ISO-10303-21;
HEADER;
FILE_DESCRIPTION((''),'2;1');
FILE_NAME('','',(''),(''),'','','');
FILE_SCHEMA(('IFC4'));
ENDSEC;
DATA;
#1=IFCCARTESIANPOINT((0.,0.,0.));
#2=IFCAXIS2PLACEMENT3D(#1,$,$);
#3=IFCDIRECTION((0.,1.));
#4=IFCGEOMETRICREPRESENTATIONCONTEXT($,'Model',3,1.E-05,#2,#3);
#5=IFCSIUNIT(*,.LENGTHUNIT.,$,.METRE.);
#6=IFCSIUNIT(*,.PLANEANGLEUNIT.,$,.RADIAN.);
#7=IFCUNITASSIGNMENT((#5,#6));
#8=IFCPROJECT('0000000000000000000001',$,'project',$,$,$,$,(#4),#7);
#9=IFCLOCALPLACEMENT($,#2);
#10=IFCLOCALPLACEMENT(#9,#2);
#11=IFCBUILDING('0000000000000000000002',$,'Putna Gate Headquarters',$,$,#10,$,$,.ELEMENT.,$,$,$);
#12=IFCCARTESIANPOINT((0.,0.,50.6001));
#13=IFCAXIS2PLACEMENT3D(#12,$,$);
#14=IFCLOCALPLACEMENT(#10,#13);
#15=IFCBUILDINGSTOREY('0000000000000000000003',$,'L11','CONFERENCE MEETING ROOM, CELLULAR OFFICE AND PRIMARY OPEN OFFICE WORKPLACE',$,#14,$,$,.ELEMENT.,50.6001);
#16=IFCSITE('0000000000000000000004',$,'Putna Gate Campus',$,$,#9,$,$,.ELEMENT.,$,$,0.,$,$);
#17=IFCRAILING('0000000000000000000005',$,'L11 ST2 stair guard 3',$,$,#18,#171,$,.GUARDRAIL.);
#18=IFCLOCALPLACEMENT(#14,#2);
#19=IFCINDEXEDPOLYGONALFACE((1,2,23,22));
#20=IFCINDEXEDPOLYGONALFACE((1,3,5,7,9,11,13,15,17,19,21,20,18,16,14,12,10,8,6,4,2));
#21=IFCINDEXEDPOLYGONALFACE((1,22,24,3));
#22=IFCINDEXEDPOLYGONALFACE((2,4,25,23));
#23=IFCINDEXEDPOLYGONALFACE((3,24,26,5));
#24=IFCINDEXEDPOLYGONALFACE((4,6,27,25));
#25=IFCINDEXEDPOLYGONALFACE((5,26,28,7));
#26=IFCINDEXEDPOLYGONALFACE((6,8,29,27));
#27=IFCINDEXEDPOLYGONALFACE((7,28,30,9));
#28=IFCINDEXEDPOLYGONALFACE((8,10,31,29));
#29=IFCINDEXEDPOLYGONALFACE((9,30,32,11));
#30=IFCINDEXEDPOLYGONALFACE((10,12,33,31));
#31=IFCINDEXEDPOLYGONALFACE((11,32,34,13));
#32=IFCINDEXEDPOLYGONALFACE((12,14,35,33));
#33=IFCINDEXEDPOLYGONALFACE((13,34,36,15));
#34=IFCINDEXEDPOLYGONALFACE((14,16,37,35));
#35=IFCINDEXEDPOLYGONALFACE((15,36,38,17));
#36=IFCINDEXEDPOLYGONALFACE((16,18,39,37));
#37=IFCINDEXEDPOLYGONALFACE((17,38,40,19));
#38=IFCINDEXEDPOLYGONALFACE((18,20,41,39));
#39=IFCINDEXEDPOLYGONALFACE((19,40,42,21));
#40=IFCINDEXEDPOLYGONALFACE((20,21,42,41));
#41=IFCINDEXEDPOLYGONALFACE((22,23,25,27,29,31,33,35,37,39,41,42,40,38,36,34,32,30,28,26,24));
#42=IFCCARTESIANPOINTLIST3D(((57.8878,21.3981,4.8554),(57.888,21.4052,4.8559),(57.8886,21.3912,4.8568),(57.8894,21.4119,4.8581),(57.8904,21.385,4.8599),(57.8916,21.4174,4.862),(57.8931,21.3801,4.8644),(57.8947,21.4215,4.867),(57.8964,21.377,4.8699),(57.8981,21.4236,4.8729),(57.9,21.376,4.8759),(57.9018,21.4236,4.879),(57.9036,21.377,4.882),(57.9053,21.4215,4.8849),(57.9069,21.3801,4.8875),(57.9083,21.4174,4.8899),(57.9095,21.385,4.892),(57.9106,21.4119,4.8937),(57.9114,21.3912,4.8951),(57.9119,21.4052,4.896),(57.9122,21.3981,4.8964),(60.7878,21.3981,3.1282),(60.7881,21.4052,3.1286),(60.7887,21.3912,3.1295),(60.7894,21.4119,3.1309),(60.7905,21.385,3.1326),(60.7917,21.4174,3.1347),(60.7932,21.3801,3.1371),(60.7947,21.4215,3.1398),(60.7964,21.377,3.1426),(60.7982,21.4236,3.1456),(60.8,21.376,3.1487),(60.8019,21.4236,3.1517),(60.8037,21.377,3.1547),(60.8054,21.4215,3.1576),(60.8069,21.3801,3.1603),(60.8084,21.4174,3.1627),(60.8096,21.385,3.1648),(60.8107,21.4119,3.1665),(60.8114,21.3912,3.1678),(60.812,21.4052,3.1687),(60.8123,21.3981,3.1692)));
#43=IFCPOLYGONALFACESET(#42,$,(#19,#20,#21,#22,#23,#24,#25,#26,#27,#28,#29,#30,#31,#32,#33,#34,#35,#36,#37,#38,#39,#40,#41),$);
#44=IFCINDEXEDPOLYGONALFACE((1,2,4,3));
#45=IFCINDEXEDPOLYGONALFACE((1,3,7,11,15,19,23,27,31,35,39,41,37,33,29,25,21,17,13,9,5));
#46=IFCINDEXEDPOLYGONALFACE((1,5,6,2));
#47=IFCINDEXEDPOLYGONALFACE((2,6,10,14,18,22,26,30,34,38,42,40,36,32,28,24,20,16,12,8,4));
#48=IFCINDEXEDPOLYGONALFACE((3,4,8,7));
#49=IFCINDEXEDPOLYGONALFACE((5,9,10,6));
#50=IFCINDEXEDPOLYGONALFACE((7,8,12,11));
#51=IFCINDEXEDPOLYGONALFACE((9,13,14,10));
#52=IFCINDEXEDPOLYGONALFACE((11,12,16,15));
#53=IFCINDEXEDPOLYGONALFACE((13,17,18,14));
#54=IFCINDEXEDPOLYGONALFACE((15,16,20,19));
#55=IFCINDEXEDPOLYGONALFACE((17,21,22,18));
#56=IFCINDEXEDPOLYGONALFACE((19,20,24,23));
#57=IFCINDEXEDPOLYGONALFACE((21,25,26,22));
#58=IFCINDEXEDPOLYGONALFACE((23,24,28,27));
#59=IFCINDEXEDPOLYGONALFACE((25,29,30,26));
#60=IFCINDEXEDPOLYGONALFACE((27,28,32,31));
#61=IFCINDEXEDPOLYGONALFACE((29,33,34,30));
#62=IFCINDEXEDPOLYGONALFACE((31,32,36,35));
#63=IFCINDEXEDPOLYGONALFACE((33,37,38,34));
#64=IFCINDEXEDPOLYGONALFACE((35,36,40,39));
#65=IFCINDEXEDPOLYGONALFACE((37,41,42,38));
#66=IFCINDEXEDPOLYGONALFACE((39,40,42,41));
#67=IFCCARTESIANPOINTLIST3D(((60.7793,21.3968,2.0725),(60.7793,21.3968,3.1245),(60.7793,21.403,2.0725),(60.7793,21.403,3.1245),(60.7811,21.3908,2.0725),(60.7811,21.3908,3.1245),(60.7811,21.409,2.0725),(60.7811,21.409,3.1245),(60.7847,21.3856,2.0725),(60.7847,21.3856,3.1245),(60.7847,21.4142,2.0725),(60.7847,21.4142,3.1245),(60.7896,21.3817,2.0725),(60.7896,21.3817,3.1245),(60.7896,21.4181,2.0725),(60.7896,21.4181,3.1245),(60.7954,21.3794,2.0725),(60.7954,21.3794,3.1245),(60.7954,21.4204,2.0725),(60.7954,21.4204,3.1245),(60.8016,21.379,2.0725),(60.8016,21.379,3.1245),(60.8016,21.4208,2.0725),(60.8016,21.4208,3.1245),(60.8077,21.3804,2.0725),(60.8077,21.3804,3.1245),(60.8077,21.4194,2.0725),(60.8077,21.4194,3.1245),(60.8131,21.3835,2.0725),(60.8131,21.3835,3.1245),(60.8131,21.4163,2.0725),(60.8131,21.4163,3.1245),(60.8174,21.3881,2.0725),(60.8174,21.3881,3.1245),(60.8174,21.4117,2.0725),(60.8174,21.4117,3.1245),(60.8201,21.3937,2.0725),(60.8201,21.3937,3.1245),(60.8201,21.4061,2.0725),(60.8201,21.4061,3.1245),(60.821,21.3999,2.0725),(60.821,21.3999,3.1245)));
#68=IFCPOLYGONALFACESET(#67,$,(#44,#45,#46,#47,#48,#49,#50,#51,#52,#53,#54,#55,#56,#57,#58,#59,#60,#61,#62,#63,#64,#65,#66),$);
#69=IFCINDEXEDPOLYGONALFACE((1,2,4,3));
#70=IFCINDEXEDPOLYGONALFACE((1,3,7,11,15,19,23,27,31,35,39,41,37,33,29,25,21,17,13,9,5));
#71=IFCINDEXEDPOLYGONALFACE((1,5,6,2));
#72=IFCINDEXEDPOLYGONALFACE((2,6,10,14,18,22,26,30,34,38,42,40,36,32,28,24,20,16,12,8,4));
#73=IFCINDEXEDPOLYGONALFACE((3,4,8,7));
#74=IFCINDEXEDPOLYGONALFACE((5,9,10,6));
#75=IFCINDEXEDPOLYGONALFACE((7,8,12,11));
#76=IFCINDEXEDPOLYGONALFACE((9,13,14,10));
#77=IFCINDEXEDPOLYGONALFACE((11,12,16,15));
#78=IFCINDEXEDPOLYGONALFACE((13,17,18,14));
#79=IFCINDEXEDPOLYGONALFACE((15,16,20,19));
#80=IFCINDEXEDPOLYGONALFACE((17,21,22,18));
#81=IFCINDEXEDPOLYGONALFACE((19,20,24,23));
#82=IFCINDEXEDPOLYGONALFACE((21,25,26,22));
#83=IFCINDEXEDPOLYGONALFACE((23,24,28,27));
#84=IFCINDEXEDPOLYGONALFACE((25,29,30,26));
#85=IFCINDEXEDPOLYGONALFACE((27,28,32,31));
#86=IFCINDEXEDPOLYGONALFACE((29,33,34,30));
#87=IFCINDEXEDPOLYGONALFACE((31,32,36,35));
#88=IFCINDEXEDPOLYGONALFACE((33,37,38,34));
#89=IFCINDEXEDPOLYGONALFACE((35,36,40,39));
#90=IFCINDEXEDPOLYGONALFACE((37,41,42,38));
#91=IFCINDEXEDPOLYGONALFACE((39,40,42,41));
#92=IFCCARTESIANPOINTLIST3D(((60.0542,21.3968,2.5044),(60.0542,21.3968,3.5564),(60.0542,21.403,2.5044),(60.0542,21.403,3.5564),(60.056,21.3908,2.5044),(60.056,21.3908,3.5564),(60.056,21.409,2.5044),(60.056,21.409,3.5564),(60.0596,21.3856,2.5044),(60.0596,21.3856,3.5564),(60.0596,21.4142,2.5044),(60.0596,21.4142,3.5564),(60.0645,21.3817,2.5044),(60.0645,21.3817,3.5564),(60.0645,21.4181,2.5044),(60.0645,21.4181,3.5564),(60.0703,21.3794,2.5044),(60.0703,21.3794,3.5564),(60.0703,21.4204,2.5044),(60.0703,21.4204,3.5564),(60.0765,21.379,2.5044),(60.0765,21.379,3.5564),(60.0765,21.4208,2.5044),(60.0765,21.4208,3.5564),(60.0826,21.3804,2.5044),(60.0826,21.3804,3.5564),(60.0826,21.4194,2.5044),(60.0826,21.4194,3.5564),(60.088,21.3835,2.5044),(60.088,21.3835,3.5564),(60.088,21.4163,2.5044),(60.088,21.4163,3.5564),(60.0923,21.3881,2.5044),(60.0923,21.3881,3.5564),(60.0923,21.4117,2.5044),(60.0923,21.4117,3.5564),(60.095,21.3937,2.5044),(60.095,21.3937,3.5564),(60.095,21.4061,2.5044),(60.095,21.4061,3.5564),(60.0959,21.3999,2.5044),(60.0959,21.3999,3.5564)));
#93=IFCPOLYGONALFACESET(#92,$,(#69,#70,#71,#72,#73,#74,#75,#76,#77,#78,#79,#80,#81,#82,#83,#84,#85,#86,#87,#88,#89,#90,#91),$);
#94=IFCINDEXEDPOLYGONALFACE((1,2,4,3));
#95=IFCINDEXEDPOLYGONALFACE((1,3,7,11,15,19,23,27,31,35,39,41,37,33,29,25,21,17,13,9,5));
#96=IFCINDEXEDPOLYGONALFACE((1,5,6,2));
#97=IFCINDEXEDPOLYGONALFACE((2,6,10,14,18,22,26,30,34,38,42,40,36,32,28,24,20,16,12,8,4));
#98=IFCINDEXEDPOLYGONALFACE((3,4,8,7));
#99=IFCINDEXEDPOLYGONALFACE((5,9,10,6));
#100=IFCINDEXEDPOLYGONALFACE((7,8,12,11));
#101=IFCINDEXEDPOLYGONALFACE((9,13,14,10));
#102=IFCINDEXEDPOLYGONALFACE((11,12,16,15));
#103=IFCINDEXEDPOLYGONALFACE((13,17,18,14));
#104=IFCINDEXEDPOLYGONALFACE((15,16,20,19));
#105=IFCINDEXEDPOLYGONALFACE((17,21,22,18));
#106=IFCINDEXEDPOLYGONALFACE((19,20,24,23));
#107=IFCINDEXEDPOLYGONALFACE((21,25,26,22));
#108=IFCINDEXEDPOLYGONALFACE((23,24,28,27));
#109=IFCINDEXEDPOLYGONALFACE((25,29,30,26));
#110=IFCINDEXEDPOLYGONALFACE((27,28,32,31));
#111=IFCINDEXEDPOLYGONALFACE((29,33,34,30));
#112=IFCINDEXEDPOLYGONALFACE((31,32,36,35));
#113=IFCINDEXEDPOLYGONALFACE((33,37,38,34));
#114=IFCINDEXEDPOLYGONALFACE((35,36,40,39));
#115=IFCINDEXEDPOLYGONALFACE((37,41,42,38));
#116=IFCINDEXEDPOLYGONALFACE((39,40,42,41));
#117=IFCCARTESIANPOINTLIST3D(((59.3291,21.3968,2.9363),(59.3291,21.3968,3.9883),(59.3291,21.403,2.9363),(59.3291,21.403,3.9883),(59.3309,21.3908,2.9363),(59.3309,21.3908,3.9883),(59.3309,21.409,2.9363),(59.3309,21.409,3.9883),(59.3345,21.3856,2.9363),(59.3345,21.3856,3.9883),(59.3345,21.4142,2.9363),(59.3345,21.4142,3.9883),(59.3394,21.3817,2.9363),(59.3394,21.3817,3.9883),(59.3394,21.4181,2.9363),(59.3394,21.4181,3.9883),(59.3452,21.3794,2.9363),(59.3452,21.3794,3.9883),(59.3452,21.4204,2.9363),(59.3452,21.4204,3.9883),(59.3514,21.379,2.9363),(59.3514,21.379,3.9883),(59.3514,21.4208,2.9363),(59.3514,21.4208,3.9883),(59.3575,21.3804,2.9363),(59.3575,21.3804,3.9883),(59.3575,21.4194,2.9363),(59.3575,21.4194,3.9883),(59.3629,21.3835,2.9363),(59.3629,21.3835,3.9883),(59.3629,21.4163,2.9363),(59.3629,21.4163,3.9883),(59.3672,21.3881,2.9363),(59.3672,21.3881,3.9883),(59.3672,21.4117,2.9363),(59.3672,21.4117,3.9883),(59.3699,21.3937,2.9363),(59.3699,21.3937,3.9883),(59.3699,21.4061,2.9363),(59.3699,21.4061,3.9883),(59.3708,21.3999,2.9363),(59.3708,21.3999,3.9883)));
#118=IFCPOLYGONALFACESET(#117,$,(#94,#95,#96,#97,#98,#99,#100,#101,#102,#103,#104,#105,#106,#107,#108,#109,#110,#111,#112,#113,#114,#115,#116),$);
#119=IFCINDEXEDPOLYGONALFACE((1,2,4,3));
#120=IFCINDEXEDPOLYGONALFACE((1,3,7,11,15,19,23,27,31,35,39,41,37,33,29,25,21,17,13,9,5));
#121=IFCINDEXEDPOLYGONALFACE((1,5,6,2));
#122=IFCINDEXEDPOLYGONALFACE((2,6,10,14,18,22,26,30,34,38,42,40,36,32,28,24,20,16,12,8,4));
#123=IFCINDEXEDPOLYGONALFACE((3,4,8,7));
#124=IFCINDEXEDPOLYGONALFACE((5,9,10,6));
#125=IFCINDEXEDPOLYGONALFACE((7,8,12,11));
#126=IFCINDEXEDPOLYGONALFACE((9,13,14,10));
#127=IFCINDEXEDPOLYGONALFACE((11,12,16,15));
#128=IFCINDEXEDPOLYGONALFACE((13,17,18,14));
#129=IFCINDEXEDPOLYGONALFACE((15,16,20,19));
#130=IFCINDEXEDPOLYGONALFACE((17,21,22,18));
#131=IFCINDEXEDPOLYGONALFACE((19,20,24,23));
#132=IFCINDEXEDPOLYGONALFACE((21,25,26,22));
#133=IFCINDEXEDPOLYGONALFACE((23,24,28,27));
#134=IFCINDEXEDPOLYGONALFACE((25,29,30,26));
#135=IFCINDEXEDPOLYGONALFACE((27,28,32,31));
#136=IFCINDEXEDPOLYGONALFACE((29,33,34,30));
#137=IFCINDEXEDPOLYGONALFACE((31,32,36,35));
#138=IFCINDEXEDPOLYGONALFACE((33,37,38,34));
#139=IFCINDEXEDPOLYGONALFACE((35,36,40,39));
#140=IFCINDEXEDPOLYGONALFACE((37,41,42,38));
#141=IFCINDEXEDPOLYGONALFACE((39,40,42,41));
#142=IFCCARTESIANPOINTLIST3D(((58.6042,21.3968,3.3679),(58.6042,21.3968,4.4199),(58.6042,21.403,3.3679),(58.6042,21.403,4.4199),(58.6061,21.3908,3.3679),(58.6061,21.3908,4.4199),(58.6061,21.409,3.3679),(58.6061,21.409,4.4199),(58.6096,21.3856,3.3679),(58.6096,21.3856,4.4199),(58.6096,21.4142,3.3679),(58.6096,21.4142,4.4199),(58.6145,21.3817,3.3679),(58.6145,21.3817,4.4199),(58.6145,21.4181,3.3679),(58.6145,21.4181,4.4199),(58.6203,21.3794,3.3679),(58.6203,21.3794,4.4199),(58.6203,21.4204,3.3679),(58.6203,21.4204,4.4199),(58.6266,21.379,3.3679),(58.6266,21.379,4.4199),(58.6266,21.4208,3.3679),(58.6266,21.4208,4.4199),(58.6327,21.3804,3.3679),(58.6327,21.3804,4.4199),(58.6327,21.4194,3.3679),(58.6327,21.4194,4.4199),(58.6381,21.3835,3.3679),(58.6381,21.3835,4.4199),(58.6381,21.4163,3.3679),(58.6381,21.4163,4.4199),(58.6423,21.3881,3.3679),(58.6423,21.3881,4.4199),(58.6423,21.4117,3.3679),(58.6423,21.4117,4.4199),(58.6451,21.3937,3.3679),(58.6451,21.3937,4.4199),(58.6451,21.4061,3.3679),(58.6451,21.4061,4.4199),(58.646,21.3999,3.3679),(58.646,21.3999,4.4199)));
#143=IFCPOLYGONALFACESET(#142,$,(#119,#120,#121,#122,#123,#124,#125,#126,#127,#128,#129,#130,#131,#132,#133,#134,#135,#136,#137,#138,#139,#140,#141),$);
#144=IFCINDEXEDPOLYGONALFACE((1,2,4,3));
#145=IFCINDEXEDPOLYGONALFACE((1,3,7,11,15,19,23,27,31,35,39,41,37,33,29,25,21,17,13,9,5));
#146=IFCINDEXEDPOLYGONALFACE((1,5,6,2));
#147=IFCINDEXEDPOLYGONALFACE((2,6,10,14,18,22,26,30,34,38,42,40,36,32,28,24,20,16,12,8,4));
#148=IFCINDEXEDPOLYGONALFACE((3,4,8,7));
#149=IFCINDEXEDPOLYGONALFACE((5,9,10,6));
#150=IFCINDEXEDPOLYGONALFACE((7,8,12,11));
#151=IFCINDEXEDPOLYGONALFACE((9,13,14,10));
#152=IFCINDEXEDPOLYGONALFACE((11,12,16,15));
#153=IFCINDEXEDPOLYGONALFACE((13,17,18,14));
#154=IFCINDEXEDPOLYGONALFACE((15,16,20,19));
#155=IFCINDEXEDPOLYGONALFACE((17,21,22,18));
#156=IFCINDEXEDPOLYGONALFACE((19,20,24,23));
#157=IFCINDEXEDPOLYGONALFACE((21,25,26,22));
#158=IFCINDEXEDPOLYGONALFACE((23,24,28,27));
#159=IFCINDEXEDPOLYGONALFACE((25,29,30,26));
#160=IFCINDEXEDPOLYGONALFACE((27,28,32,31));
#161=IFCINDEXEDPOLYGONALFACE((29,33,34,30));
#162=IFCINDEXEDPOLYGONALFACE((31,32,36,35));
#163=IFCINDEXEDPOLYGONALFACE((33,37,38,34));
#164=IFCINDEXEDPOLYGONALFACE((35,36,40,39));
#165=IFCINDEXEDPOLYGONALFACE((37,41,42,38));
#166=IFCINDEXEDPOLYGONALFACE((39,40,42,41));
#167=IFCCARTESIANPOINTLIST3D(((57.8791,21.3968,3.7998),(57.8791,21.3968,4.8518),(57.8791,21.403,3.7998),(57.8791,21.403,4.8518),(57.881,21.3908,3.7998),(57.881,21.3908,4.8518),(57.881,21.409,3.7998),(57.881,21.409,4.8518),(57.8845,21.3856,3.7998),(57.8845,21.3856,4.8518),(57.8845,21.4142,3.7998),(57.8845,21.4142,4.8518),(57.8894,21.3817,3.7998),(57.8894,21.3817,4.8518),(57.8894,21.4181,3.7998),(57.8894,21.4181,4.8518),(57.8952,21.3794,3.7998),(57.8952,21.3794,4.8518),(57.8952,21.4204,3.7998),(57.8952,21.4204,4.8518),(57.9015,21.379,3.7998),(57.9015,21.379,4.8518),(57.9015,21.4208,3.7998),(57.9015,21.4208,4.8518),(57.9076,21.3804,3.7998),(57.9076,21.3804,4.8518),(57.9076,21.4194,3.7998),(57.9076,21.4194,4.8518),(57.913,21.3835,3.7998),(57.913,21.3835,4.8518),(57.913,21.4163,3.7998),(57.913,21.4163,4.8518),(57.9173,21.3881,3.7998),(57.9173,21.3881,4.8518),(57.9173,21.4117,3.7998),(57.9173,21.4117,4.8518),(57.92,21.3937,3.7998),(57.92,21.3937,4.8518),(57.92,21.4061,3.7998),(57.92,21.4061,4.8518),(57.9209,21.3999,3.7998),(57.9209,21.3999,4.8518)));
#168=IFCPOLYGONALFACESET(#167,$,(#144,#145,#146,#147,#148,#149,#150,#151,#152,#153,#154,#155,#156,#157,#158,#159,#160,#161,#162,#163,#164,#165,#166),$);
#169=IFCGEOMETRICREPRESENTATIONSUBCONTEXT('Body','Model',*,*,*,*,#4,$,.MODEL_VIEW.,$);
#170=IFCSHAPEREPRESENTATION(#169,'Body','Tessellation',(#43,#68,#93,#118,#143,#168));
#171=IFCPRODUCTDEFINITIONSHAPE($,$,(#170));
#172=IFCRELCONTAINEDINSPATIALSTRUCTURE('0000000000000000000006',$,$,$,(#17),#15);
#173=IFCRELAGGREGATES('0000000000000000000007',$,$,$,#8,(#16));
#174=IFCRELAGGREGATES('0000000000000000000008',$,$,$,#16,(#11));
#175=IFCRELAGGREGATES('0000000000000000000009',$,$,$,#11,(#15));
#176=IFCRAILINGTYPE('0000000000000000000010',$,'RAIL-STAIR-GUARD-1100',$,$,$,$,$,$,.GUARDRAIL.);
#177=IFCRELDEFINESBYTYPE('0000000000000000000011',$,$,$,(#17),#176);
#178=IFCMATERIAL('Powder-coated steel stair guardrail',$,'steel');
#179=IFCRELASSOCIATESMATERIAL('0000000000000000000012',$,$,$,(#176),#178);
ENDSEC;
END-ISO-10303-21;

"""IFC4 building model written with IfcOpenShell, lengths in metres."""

from ifc_helpers import new_model, si_unit, direction, frame, origin, origin_2d, place, context, subcontext, project, spatial, circle, extrude, material, type_object, element, save


model = new_model("IFC4")

# Units and contexts
model_context = context("Model", 3, precision=1e-05, world=origin(), true_north=direction((0.0, 1.0)))
body_context = subcontext(model_context, "Body", "Model", "MODEL_VIEW")
ifc_project = project(units=[si_unit("LENGTHUNIT", "METRE"), si_unit("PLANEANGLEUNIT", "RADIAN")], contexts=[model_context])

# Site, building, storey
site_placement = place(None, origin())
site = spatial("IfcSite", under=ifc_project, at=site_placement, Name="Putna Gate Campus", CompositionType="ELEMENT", RefElevation=0.0)
building_placement = place(site_placement, origin())
building = spatial("IfcBuilding", under=site, at=building_placement, Name="Putna Gate Headquarters", CompositionType="ELEMENT")
storey_placement = place(building_placement, frame((0.0, 0.0, 50.6001)))
storey = spatial("IfcBuildingStorey", under=building, at=storey_placement, Name="L11", Description="CONFERENCE MEETING ROOM, CELLULAR OFFICE AND PRIMARY OPEN OFFICE WORKPLACE", CompositionType="ELEMENT", Elevation=50.6001)

# Railing
ifc_material_1 = material(Name="Powder-coated steel stair guardrail", Category="steel")
railing_type_1 = type_object("IfcRailingType", Name="RAIL-STAIR-GUARD-1100", PredefinedType="GUARDRAIL", material=ifc_material_1)
railing_1_placement = place(storey_placement, frame((60.8, 21.3999, 2.0725)))
element("IfcRailing", 1, at=railing_1_placement, inside=storey, type_object=railing_type_1, Name="L11 ST2 stair guard 3", PredefinedType="GUARDRAIL", context=body_context, shape_type="SweptSolid", body=[
    extrude(circle(Radius=0.0239, at=origin_2d()), frame((0.0, 0.0, 1.0762), z_axis=(-0.85916, 0.0, 0.511706), x_axis=(0.0, -1.0, 0.0)), (0.0, 0.0, 1.0), 3.3755),
    extrude(circle(Radius=0.021, at=origin_2d()), origin(), (0.0, 0.0, 1.0), 1.052),
    extrude(circle(Radius=0.021, at=origin_2d()), frame((-0.7251, 0.0, 0.4319)), (0.0, 0.0, 1.0), 1.052),
    extrude(circle(Radius=0.021, at=origin_2d()), frame((-1.4502, 0.0, 0.8638)), (0.0, 0.0, 1.0), 1.052),
    extrude(circle(Radius=0.021, at=origin_2d()), frame((-2.175, 0.0, 1.2954)), (0.0, 0.0, 1.0), 1.052),
    extrude(circle(Radius=0.021, at=origin_2d()), frame((-2.9001, 0.0, 1.7273)), (0.0, 0.0, 1.0), 1.052),
])

save(model, "model.ifc")
